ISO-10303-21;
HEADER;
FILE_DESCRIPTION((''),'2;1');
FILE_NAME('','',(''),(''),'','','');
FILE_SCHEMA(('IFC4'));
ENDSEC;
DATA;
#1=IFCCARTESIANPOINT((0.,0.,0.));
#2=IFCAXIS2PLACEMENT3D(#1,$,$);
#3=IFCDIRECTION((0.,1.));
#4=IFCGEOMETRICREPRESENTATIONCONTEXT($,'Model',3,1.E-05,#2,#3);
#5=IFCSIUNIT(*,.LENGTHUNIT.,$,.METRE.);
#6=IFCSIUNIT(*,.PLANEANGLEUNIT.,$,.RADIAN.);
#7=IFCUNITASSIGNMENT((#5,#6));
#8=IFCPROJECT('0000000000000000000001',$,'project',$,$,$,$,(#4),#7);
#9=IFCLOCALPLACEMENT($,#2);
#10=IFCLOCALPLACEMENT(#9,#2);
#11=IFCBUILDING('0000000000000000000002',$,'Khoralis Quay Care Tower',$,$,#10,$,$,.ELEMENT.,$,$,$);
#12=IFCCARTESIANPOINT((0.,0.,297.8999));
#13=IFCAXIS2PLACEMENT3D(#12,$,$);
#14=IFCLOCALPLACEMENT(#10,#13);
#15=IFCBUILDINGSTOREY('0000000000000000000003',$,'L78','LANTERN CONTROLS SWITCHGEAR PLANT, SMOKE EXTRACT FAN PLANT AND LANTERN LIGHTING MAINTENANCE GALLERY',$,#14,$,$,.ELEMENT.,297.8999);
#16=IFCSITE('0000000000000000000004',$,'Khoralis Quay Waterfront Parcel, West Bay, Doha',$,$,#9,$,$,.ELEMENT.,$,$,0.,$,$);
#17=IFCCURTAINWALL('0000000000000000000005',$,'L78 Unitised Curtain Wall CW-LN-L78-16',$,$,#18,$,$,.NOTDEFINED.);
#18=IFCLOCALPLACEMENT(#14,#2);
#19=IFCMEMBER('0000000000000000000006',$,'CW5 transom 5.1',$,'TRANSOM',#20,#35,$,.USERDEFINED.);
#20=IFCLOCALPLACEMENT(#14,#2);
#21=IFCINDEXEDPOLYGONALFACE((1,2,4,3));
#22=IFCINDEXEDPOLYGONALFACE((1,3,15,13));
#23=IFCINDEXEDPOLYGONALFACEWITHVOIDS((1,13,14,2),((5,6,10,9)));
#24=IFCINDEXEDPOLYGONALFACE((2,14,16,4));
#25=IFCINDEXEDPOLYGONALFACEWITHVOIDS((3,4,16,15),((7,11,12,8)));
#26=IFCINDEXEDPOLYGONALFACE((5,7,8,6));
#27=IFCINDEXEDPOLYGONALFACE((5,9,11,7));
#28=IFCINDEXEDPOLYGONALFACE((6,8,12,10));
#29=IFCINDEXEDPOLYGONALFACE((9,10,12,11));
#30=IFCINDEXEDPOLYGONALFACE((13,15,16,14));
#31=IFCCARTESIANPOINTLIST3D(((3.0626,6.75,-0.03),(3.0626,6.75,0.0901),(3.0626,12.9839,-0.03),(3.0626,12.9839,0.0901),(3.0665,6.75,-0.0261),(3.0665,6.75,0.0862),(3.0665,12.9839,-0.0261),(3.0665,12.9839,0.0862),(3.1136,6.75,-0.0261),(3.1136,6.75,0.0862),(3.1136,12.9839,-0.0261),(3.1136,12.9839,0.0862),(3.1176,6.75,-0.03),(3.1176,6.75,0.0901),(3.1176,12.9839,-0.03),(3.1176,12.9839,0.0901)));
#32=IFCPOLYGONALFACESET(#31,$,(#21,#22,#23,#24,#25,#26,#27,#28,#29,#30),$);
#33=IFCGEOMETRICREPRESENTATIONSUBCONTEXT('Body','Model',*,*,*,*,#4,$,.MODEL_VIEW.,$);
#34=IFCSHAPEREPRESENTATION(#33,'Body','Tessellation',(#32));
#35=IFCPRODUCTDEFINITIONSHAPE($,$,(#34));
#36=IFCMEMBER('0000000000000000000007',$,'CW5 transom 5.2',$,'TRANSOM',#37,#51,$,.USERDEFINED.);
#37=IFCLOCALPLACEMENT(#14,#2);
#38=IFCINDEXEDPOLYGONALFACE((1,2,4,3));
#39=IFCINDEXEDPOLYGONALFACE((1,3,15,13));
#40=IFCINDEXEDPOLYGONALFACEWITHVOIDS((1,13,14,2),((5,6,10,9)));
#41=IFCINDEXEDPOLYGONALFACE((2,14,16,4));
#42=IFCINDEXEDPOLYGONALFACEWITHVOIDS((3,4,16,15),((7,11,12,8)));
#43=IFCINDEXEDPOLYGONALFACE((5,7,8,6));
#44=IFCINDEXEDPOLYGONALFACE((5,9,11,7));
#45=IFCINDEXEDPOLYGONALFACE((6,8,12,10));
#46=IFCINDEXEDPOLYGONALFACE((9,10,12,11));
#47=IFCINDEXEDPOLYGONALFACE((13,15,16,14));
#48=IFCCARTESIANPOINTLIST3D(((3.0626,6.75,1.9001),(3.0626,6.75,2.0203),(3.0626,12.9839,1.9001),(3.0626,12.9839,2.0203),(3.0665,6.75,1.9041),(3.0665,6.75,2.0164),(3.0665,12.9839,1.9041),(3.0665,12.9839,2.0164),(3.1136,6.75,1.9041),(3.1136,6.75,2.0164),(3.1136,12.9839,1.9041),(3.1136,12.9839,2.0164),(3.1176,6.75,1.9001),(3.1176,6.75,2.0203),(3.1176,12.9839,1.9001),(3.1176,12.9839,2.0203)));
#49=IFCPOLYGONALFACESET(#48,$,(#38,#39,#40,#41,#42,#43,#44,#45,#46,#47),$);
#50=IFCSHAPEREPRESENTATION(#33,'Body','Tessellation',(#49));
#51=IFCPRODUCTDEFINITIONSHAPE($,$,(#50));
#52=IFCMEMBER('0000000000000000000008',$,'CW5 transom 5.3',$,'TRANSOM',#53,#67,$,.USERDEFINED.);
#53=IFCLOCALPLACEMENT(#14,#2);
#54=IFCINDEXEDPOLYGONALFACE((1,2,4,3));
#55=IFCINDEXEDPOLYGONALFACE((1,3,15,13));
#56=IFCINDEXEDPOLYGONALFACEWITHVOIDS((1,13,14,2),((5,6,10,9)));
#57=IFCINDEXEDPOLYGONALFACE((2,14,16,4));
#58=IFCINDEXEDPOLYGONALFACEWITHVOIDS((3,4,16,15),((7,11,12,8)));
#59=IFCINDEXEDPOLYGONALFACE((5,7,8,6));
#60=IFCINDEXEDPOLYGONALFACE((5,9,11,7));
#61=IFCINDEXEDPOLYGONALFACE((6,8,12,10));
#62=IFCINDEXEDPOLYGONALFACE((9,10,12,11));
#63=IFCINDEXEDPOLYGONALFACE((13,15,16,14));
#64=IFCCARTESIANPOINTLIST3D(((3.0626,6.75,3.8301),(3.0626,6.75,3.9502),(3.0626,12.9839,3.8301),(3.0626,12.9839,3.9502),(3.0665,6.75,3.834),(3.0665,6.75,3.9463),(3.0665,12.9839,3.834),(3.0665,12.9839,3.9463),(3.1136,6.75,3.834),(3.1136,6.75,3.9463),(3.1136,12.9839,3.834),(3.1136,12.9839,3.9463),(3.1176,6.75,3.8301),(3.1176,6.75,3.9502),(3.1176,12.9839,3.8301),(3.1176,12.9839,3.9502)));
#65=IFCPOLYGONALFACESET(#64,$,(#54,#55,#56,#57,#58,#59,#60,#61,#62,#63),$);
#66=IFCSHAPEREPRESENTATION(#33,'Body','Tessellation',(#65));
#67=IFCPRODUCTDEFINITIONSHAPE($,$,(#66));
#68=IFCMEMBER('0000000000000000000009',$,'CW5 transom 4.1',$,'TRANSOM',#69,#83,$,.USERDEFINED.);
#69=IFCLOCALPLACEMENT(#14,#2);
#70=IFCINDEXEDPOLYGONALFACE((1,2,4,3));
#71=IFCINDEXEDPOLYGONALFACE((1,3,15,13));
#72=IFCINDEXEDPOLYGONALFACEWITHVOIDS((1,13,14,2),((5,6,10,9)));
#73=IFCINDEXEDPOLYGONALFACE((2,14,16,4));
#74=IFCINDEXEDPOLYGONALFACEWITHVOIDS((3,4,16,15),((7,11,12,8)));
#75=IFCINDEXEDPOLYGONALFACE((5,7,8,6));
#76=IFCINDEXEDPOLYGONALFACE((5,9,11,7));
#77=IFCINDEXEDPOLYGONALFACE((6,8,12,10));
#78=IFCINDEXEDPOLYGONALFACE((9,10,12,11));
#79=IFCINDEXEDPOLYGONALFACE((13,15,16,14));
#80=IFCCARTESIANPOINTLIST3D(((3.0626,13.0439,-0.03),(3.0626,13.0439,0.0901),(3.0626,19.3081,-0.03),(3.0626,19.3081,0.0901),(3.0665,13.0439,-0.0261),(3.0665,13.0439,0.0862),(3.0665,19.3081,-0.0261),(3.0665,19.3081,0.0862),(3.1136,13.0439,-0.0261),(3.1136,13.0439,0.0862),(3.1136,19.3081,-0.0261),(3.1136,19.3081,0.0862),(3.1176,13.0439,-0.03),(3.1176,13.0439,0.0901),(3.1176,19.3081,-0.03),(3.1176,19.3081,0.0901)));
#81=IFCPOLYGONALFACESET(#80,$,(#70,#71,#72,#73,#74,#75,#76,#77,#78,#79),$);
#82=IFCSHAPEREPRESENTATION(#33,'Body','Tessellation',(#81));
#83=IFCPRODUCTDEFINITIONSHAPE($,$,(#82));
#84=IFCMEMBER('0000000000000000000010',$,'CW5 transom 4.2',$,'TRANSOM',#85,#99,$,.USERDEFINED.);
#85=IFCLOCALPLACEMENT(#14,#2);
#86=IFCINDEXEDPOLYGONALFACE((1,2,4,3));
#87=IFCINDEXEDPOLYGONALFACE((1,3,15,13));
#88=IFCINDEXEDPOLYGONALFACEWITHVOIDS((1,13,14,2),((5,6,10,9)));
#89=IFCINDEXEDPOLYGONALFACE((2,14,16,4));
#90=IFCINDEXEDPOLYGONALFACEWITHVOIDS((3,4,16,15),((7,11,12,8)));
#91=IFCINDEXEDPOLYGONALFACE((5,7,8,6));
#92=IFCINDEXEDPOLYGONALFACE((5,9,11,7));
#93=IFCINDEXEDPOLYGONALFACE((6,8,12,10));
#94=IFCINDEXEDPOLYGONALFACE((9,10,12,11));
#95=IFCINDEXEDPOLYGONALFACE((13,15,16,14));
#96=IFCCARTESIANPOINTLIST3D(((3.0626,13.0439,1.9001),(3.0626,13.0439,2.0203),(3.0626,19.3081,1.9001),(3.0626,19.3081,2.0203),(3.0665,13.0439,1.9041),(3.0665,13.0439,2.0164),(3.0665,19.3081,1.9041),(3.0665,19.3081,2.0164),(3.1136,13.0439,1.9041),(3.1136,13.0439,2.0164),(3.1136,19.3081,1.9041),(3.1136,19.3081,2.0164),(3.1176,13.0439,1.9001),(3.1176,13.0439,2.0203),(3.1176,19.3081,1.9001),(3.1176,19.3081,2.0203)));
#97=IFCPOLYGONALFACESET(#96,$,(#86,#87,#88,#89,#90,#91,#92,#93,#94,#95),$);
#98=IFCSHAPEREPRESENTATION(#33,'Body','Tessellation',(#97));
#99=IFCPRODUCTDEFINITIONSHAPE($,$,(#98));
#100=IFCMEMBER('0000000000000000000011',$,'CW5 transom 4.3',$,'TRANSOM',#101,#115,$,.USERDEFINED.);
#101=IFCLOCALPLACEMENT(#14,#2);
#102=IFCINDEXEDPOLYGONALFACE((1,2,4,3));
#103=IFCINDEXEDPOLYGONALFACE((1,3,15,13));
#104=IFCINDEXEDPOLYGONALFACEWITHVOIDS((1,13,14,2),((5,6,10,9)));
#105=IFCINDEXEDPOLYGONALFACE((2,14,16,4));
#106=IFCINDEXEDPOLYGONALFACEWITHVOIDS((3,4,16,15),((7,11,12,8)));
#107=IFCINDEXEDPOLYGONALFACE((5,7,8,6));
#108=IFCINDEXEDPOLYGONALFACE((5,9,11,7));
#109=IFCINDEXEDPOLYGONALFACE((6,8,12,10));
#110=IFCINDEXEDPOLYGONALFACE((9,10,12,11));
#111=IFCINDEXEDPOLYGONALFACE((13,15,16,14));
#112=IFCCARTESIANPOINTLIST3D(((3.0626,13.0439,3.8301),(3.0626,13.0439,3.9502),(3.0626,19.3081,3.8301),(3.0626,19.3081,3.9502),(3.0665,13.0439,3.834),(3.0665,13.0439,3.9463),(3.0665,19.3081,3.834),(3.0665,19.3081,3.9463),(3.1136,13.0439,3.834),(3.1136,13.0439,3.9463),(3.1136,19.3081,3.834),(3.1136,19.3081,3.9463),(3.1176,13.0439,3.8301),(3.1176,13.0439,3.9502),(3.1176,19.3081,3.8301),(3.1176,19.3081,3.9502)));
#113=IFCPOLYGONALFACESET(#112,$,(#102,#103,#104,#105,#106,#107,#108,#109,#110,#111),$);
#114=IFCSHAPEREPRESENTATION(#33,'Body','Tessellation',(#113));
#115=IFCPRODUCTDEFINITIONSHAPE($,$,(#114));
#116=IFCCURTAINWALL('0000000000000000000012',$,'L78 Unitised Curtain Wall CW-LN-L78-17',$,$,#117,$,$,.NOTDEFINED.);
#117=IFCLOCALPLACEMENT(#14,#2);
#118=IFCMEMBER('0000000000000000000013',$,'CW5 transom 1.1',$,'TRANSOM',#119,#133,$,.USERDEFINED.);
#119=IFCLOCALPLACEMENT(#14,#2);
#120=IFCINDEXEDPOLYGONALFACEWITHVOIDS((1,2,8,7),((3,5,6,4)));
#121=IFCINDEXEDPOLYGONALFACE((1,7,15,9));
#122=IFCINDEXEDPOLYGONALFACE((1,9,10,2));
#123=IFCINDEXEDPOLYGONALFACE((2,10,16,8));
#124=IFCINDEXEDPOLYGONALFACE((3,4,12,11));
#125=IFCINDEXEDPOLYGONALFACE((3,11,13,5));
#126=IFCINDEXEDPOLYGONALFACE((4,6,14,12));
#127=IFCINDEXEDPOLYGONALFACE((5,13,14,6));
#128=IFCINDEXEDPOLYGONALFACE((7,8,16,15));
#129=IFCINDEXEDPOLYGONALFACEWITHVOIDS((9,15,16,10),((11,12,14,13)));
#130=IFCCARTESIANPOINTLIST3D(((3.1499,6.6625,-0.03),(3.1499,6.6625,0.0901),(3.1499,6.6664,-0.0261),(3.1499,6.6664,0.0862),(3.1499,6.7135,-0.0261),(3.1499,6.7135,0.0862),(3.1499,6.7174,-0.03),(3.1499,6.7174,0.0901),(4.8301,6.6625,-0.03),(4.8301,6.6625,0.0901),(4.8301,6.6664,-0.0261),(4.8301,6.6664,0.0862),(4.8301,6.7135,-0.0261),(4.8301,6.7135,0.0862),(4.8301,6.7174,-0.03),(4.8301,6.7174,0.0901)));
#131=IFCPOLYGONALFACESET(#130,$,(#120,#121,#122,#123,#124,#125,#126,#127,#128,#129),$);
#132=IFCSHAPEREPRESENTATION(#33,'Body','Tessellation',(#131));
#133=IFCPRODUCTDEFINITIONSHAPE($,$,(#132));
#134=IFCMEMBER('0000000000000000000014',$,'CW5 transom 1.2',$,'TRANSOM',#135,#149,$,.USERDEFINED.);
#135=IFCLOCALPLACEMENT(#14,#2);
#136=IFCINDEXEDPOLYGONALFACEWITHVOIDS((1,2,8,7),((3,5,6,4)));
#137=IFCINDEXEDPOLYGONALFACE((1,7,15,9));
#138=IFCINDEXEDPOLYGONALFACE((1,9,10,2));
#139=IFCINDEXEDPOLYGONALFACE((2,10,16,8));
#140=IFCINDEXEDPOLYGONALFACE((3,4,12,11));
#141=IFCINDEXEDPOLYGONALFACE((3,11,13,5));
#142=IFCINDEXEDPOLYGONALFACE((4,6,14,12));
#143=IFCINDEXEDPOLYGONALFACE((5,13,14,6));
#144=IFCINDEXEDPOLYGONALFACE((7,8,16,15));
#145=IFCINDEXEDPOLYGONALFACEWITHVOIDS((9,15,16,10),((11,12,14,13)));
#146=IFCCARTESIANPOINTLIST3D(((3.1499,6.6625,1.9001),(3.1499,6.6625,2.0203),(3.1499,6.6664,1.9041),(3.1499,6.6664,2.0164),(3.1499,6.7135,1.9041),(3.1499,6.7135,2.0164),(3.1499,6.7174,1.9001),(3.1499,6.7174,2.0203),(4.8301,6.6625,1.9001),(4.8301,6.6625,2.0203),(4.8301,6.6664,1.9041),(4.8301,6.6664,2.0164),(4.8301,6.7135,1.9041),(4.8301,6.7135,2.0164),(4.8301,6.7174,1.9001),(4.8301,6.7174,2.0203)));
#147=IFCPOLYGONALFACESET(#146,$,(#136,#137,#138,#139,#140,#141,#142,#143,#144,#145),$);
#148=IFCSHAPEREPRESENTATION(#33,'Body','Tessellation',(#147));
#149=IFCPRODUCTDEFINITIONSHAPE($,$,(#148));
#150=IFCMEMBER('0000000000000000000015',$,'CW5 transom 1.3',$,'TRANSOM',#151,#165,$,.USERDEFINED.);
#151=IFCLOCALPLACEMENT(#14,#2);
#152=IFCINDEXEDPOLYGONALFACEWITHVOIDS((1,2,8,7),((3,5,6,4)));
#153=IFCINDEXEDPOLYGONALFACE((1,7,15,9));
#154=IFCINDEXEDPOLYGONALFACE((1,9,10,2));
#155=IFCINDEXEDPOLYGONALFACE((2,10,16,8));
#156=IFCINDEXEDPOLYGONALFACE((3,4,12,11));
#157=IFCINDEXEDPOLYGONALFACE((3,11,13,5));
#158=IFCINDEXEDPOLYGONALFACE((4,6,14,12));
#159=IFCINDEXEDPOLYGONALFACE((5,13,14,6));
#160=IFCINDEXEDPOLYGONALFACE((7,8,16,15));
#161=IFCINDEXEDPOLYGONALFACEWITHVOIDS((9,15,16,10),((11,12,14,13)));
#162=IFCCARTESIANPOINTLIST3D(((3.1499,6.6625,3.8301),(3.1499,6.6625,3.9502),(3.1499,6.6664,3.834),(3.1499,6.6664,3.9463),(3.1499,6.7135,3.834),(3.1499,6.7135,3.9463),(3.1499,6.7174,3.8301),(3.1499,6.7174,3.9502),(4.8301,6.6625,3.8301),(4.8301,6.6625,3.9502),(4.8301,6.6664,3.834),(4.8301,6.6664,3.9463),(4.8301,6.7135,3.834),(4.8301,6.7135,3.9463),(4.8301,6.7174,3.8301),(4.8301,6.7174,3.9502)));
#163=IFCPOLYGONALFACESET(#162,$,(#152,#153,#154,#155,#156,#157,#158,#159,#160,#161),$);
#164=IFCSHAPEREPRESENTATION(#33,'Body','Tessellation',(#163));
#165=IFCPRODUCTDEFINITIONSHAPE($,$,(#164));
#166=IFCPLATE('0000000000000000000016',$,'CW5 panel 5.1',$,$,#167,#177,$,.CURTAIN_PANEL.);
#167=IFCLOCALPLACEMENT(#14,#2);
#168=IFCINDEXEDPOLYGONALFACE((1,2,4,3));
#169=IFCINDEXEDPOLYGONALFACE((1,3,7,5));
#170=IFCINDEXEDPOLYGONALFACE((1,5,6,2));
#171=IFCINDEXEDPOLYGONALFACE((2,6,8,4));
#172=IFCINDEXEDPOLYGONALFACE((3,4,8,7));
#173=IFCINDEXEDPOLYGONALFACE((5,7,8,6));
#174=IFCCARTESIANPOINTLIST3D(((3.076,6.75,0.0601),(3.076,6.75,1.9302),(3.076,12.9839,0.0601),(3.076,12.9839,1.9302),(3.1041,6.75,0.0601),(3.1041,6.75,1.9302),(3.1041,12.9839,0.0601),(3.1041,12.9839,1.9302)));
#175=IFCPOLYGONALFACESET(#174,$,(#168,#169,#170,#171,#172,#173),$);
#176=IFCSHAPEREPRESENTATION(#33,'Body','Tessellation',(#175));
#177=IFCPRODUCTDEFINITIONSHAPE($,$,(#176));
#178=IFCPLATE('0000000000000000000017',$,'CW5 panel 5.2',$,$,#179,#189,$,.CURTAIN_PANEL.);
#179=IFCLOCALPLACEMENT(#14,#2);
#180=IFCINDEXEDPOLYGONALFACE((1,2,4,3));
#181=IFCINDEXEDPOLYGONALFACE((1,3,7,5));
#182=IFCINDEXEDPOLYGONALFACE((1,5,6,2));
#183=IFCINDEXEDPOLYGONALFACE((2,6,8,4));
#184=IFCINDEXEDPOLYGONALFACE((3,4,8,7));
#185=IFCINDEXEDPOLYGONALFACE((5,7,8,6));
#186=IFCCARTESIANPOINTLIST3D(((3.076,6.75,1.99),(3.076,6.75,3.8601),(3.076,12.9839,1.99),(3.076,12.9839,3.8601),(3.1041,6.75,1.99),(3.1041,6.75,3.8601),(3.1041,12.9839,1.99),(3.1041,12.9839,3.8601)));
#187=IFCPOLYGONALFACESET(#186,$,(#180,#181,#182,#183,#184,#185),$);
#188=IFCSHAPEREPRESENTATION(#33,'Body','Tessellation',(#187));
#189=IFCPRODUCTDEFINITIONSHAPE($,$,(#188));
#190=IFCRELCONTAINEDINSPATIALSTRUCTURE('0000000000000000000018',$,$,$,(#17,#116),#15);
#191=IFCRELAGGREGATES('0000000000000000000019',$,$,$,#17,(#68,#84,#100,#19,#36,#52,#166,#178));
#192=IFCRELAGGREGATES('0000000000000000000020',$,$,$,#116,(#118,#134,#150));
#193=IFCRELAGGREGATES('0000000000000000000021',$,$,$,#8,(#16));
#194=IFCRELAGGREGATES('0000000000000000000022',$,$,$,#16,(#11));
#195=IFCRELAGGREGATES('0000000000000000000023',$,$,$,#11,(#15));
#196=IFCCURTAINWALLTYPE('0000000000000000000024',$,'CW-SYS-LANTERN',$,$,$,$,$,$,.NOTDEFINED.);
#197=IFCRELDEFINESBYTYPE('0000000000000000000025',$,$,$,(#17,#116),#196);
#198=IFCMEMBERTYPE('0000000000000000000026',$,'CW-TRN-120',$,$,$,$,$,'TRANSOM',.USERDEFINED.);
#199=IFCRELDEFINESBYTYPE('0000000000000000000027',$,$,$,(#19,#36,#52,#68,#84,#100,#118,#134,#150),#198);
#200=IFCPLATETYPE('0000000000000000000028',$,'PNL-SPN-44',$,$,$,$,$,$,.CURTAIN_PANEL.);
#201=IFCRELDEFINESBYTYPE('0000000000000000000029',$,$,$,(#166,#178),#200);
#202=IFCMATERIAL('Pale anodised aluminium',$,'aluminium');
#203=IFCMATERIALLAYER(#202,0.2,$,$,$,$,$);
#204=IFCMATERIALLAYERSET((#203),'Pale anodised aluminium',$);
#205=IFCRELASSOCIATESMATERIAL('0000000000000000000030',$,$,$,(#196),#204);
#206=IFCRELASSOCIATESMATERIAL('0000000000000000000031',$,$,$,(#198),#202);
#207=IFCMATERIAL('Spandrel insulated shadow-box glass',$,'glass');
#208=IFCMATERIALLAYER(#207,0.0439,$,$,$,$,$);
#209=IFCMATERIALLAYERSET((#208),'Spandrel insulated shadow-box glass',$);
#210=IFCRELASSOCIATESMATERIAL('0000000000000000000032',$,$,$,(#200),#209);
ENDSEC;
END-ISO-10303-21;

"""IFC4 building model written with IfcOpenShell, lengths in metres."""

from ifc_helpers import new_model, si_unit, direction, frame, origin, origin_2d, place, context, subcontext, project, spatial, rectangle, hollow_rectangle, extrude, source, transform, mapped, material, layer, layer_set, material_profile, profile_set, type_object, element, aggregate, save


model = new_model("IFC4")

# Units and contexts
model_context = context("Model", 3, precision=1e-05, world=origin(), true_north=direction((0.0, 1.0)))
body_context = subcontext(model_context, "Body", "Model", "MODEL_VIEW")
ifc_project = project(units=[si_unit("LENGTHUNIT", "METRE"), si_unit("PLANEANGLEUNIT", "RADIAN")], contexts=[model_context])

# Site, building, storey
site_placement = place(None, origin())
site = spatial("IfcSite", under=ifc_project, at=site_placement, Name="Khoralis Quay Waterfront Parcel, West Bay, Doha", CompositionType="ELEMENT", RefElevation=0.0)
building_placement = place(site_placement, origin())
building = spatial("IfcBuilding", under=site, at=building_placement, Name="Khoralis Quay Care Tower", CompositionType="ELEMENT")
storey_placement = place(building_placement, frame((0.0, 0.0, 297.8999)))
storey = spatial("IfcBuildingStorey", under=building, at=storey_placement, Name="L78", Description="LANTERN CONTROLS SWITCHGEAR PLANT, SMOKE EXTRACT FAN PLANT AND LANTERN LIGHTING MAINTENANCE GALLERY", CompositionType="ELEMENT", Elevation=297.8999)

# Curtain walls, members
ifc_material_1 = material(Name="Pale anodised aluminium", Category="aluminium")
ifc_layer_1 = layer(ifc_material_1, 0.2)
ifc_layer_set_1 = layer_set([ifc_layer_1], Name="Pale anodised aluminium")
curtain_wall_type = type_object("IfcCurtainWallType", Name="CW-SYS-LANTERN", PredefinedType="NOTDEFINED", material=ifc_layer_set_1)
curtain_wall_1_placement = place(storey_placement, origin())
curtain_wall_1 = element("IfcCurtainWall", 1, at=curtain_wall_1_placement, inside=storey, type_object=curtain_wall_type, Name="L78 Unitised Curtain Wall CW-LN-L78-16", PredefinedType="NOTDEFINED")
ifc_material_profile_1 = material_profile(ifc_material_1, hollow_rectangle(XDim=0.0549, YDim=0.1201, WallThickness=0.0039, at=origin_2d()), Name="Pale anodised aluminium")
ifc_profile_set_1 = profile_set([ifc_material_profile_1], Name="Pale anodised aluminium")
member_type_1 = type_object("IfcMemberType", Name="CW-TRN-120", ElementType="TRANSOM", PredefinedType="USERDEFINED", material=ifc_profile_set_1)
shared_shape_1 = source(origin(), body_context, "Body", "SweptSolid", [
    extrude(hollow_rectangle(XDim=0.0549, YDim=0.1201, WallThickness=0.0039, at=origin_2d()), origin(), (0.0, 0.0, 1.0), 6.2339),
])
member_1_placement = place(storey_placement, frame((3.0901, 12.9839, 0.03), z_axis=(0.0, -1.0, 0.0), x_axis=(1.0, 0.0, 0.0)))
member_1 = element("IfcMember", 2, at=member_1_placement, type_object=member_type_1, Name="CW5 transom 5.1", ObjectType="TRANSOM", PredefinedType="USERDEFINED", context=body_context, shape_type="MappedRepresentation", body=[
    mapped(shared_shape_1, transform((0.0, 0.0, 0.0), scale=1.0)),
])
member_2_placement = place(storey_placement, frame((3.0901, 12.9839, 1.9602), z_axis=(0.0, -1.0, 0.0), x_axis=(1.0, 0.0, 0.0)))
member_2 = element("IfcMember", 3, at=member_2_placement, type_object=member_type_1, Name="CW5 transom 5.2", ObjectType="TRANSOM", PredefinedType="USERDEFINED", context=body_context, shape_type="MappedRepresentation", body=[
    mapped(shared_shape_1, transform((0.0, 0.0, 0.0), scale=1.0)),
])
member_3_placement = place(storey_placement, frame((3.0901, 12.9839, 3.8901), z_axis=(0.0, -1.0, 0.0), x_axis=(1.0, 0.0, 0.0)))
member_3 = element("IfcMember", 4, at=member_3_placement, type_object=member_type_1, Name="CW5 transom 5.3", ObjectType="TRANSOM", PredefinedType="USERDEFINED", context=body_context, shape_type="MappedRepresentation", body=[
    mapped(shared_shape_1, transform((0.0, 0.0, 0.0), scale=1.0)),
])
shared_shape_2 = source(origin(), body_context, "Body", "SweptSolid", [
    extrude(hollow_rectangle(XDim=0.0549, YDim=0.1201, WallThickness=0.0039, at=origin_2d()), origin(), (0.0, 0.0, 1.0), 6.2642),
])
member_4_placement = place(storey_placement, frame((3.0901, 19.3081, 0.03), z_axis=(0.0, -1.0, 0.0), x_axis=(1.0, 0.0, 0.0)))
member_4 = element("IfcMember", 5, at=member_4_placement, type_object=member_type_1, Name="CW5 transom 4.1", ObjectType="TRANSOM", PredefinedType="USERDEFINED", context=body_context, shape_type="MappedRepresentation", body=[
    mapped(shared_shape_2, transform((0.0, 0.0, 0.0), scale=1.0)),
])
member_5_placement = place(storey_placement, frame((3.0901, 19.3081, 1.9602), z_axis=(0.0, -1.0, 0.0), x_axis=(1.0, 0.0, 0.0)))
member_5 = element("IfcMember", 6, at=member_5_placement, type_object=member_type_1, Name="CW5 transom 4.2", ObjectType="TRANSOM", PredefinedType="USERDEFINED", context=body_context, shape_type="MappedRepresentation", body=[
    mapped(shared_shape_2, transform((0.0, 0.0, 0.0), scale=1.0)),
])
member_6_placement = place(storey_placement, frame((3.0901, 19.3081, 3.8901), z_axis=(0.0, -1.0, 0.0), x_axis=(1.0, 0.0, 0.0)))
member_6 = element("IfcMember", 7, at=member_6_placement, type_object=member_type_1, Name="CW5 transom 4.3", ObjectType="TRANSOM", PredefinedType="USERDEFINED", context=body_context, shape_type="MappedRepresentation", body=[
    mapped(shared_shape_2, transform((0.0, 0.0, 0.0), scale=1.0)),
])
curtain_wall_2_placement = place(storey_placement, origin())
curtain_wall_2 = element("IfcCurtainWall", 8, at=curtain_wall_2_placement, inside=storey, type_object=curtain_wall_type, Name="L78 Unitised Curtain Wall CW-LN-L78-17", PredefinedType="NOTDEFINED")
shared_shape_3 = source(origin(), body_context, "Body", "SweptSolid", [
    extrude(hollow_rectangle(XDim=0.0549, YDim=0.1201, WallThickness=0.0039, at=origin_2d()), origin(), (0.0, 0.0, 1.0), 1.6802),
])
member_7_placement = place(storey_placement, frame((3.1499, 6.6899, 0.03), z_axis=(1.0, 0.0, 0.0), x_axis=(0.0, 1.0, 0.0)))
member_7 = element("IfcMember", 9, at=member_7_placement, type_object=member_type_1, Name="CW5 transom 1.1", ObjectType="TRANSOM", PredefinedType="USERDEFINED", context=body_context, shape_type="MappedRepresentation", body=[
    mapped(shared_shape_3, transform((0.0, 0.0, 0.0), scale=1.0)),
])
member_8_placement = place(storey_placement, frame((3.1499, 6.6899, 1.9602), z_axis=(1.0, 0.0, 0.0), x_axis=(0.0, 1.0, 0.0)))
member_8 = element("IfcMember", 10, at=member_8_placement, type_object=member_type_1, Name="CW5 transom 1.2", ObjectType="TRANSOM", PredefinedType="USERDEFINED", context=body_context, shape_type="MappedRepresentation", body=[
    mapped(shared_shape_3, transform((0.0, 0.0, 0.0), scale=1.0)),
])
member_9_placement = place(storey_placement, frame((3.1499, 6.6899, 3.8901), z_axis=(1.0, 0.0, 0.0), x_axis=(0.0, 1.0, 0.0)))
member_9 = element("IfcMember", 11, at=member_9_placement, type_object=member_type_1, Name="CW5 transom 1.3", ObjectType="TRANSOM", PredefinedType="USERDEFINED", context=body_context, shape_type="MappedRepresentation", body=[
    mapped(shared_shape_3, transform((0.0, 0.0, 0.0), scale=1.0)),
])

# Plates
ifc_material_2 = material(Name="Spandrel insulated shadow-box glass", Category="glass")
ifc_layer_2 = layer(ifc_material_2, 0.0439)
ifc_layer_set_2 = layer_set([ifc_layer_2], Name="Spandrel insulated shadow-box glass")
plate_type = type_object("IfcPlateType", Name="PNL-SPN-44", PredefinedType="CURTAIN_PANEL", material=ifc_layer_set_2)
shared_shape_4 = source(origin(), body_context, "Body", "SweptSolid", [
    extrude(rectangle(XDim=6.2339, YDim=0.0281, at=origin_2d()), origin(), (0.0, 0.0, 1.0), 1.8701),
])
plate_1_placement = place(storey_placement, frame((3.0901, 9.8669, 0.0601), z_axis=(0.0, 0.0, 1.0), x_axis=(0.0, -1.0, 0.0)))
plate_1 = element("IfcPlate", 12, at=plate_1_placement, type_object=plate_type, Name="CW5 panel 5.1", PredefinedType="CURTAIN_PANEL", context=body_context, shape_type="MappedRepresentation", body=[
    mapped(shared_shape_4, transform((0.0, 0.0, 0.0), scale=1.0)),
])
plate_2_placement = place(storey_placement, frame((3.0901, 9.8669, 1.99), z_axis=(0.0, 0.0, 1.0), x_axis=(0.0, -1.0, 0.0)))
plate_2 = element("IfcPlate", 13, at=plate_2_placement, type_object=plate_type, Name="CW5 panel 5.2", PredefinedType="CURTAIN_PANEL", context=body_context, shape_type="MappedRepresentation", body=[
    mapped(shared_shape_4, transform((0.0, 0.0, 0.0), scale=1.0)),
])
aggregate(curtain_wall_1, [member_4, member_5, member_6, member_1, member_2, member_3, plate_1, plate_2])
aggregate(curtain_wall_2, [member_7, member_8, member_9])

save(model, "model.ifc")
